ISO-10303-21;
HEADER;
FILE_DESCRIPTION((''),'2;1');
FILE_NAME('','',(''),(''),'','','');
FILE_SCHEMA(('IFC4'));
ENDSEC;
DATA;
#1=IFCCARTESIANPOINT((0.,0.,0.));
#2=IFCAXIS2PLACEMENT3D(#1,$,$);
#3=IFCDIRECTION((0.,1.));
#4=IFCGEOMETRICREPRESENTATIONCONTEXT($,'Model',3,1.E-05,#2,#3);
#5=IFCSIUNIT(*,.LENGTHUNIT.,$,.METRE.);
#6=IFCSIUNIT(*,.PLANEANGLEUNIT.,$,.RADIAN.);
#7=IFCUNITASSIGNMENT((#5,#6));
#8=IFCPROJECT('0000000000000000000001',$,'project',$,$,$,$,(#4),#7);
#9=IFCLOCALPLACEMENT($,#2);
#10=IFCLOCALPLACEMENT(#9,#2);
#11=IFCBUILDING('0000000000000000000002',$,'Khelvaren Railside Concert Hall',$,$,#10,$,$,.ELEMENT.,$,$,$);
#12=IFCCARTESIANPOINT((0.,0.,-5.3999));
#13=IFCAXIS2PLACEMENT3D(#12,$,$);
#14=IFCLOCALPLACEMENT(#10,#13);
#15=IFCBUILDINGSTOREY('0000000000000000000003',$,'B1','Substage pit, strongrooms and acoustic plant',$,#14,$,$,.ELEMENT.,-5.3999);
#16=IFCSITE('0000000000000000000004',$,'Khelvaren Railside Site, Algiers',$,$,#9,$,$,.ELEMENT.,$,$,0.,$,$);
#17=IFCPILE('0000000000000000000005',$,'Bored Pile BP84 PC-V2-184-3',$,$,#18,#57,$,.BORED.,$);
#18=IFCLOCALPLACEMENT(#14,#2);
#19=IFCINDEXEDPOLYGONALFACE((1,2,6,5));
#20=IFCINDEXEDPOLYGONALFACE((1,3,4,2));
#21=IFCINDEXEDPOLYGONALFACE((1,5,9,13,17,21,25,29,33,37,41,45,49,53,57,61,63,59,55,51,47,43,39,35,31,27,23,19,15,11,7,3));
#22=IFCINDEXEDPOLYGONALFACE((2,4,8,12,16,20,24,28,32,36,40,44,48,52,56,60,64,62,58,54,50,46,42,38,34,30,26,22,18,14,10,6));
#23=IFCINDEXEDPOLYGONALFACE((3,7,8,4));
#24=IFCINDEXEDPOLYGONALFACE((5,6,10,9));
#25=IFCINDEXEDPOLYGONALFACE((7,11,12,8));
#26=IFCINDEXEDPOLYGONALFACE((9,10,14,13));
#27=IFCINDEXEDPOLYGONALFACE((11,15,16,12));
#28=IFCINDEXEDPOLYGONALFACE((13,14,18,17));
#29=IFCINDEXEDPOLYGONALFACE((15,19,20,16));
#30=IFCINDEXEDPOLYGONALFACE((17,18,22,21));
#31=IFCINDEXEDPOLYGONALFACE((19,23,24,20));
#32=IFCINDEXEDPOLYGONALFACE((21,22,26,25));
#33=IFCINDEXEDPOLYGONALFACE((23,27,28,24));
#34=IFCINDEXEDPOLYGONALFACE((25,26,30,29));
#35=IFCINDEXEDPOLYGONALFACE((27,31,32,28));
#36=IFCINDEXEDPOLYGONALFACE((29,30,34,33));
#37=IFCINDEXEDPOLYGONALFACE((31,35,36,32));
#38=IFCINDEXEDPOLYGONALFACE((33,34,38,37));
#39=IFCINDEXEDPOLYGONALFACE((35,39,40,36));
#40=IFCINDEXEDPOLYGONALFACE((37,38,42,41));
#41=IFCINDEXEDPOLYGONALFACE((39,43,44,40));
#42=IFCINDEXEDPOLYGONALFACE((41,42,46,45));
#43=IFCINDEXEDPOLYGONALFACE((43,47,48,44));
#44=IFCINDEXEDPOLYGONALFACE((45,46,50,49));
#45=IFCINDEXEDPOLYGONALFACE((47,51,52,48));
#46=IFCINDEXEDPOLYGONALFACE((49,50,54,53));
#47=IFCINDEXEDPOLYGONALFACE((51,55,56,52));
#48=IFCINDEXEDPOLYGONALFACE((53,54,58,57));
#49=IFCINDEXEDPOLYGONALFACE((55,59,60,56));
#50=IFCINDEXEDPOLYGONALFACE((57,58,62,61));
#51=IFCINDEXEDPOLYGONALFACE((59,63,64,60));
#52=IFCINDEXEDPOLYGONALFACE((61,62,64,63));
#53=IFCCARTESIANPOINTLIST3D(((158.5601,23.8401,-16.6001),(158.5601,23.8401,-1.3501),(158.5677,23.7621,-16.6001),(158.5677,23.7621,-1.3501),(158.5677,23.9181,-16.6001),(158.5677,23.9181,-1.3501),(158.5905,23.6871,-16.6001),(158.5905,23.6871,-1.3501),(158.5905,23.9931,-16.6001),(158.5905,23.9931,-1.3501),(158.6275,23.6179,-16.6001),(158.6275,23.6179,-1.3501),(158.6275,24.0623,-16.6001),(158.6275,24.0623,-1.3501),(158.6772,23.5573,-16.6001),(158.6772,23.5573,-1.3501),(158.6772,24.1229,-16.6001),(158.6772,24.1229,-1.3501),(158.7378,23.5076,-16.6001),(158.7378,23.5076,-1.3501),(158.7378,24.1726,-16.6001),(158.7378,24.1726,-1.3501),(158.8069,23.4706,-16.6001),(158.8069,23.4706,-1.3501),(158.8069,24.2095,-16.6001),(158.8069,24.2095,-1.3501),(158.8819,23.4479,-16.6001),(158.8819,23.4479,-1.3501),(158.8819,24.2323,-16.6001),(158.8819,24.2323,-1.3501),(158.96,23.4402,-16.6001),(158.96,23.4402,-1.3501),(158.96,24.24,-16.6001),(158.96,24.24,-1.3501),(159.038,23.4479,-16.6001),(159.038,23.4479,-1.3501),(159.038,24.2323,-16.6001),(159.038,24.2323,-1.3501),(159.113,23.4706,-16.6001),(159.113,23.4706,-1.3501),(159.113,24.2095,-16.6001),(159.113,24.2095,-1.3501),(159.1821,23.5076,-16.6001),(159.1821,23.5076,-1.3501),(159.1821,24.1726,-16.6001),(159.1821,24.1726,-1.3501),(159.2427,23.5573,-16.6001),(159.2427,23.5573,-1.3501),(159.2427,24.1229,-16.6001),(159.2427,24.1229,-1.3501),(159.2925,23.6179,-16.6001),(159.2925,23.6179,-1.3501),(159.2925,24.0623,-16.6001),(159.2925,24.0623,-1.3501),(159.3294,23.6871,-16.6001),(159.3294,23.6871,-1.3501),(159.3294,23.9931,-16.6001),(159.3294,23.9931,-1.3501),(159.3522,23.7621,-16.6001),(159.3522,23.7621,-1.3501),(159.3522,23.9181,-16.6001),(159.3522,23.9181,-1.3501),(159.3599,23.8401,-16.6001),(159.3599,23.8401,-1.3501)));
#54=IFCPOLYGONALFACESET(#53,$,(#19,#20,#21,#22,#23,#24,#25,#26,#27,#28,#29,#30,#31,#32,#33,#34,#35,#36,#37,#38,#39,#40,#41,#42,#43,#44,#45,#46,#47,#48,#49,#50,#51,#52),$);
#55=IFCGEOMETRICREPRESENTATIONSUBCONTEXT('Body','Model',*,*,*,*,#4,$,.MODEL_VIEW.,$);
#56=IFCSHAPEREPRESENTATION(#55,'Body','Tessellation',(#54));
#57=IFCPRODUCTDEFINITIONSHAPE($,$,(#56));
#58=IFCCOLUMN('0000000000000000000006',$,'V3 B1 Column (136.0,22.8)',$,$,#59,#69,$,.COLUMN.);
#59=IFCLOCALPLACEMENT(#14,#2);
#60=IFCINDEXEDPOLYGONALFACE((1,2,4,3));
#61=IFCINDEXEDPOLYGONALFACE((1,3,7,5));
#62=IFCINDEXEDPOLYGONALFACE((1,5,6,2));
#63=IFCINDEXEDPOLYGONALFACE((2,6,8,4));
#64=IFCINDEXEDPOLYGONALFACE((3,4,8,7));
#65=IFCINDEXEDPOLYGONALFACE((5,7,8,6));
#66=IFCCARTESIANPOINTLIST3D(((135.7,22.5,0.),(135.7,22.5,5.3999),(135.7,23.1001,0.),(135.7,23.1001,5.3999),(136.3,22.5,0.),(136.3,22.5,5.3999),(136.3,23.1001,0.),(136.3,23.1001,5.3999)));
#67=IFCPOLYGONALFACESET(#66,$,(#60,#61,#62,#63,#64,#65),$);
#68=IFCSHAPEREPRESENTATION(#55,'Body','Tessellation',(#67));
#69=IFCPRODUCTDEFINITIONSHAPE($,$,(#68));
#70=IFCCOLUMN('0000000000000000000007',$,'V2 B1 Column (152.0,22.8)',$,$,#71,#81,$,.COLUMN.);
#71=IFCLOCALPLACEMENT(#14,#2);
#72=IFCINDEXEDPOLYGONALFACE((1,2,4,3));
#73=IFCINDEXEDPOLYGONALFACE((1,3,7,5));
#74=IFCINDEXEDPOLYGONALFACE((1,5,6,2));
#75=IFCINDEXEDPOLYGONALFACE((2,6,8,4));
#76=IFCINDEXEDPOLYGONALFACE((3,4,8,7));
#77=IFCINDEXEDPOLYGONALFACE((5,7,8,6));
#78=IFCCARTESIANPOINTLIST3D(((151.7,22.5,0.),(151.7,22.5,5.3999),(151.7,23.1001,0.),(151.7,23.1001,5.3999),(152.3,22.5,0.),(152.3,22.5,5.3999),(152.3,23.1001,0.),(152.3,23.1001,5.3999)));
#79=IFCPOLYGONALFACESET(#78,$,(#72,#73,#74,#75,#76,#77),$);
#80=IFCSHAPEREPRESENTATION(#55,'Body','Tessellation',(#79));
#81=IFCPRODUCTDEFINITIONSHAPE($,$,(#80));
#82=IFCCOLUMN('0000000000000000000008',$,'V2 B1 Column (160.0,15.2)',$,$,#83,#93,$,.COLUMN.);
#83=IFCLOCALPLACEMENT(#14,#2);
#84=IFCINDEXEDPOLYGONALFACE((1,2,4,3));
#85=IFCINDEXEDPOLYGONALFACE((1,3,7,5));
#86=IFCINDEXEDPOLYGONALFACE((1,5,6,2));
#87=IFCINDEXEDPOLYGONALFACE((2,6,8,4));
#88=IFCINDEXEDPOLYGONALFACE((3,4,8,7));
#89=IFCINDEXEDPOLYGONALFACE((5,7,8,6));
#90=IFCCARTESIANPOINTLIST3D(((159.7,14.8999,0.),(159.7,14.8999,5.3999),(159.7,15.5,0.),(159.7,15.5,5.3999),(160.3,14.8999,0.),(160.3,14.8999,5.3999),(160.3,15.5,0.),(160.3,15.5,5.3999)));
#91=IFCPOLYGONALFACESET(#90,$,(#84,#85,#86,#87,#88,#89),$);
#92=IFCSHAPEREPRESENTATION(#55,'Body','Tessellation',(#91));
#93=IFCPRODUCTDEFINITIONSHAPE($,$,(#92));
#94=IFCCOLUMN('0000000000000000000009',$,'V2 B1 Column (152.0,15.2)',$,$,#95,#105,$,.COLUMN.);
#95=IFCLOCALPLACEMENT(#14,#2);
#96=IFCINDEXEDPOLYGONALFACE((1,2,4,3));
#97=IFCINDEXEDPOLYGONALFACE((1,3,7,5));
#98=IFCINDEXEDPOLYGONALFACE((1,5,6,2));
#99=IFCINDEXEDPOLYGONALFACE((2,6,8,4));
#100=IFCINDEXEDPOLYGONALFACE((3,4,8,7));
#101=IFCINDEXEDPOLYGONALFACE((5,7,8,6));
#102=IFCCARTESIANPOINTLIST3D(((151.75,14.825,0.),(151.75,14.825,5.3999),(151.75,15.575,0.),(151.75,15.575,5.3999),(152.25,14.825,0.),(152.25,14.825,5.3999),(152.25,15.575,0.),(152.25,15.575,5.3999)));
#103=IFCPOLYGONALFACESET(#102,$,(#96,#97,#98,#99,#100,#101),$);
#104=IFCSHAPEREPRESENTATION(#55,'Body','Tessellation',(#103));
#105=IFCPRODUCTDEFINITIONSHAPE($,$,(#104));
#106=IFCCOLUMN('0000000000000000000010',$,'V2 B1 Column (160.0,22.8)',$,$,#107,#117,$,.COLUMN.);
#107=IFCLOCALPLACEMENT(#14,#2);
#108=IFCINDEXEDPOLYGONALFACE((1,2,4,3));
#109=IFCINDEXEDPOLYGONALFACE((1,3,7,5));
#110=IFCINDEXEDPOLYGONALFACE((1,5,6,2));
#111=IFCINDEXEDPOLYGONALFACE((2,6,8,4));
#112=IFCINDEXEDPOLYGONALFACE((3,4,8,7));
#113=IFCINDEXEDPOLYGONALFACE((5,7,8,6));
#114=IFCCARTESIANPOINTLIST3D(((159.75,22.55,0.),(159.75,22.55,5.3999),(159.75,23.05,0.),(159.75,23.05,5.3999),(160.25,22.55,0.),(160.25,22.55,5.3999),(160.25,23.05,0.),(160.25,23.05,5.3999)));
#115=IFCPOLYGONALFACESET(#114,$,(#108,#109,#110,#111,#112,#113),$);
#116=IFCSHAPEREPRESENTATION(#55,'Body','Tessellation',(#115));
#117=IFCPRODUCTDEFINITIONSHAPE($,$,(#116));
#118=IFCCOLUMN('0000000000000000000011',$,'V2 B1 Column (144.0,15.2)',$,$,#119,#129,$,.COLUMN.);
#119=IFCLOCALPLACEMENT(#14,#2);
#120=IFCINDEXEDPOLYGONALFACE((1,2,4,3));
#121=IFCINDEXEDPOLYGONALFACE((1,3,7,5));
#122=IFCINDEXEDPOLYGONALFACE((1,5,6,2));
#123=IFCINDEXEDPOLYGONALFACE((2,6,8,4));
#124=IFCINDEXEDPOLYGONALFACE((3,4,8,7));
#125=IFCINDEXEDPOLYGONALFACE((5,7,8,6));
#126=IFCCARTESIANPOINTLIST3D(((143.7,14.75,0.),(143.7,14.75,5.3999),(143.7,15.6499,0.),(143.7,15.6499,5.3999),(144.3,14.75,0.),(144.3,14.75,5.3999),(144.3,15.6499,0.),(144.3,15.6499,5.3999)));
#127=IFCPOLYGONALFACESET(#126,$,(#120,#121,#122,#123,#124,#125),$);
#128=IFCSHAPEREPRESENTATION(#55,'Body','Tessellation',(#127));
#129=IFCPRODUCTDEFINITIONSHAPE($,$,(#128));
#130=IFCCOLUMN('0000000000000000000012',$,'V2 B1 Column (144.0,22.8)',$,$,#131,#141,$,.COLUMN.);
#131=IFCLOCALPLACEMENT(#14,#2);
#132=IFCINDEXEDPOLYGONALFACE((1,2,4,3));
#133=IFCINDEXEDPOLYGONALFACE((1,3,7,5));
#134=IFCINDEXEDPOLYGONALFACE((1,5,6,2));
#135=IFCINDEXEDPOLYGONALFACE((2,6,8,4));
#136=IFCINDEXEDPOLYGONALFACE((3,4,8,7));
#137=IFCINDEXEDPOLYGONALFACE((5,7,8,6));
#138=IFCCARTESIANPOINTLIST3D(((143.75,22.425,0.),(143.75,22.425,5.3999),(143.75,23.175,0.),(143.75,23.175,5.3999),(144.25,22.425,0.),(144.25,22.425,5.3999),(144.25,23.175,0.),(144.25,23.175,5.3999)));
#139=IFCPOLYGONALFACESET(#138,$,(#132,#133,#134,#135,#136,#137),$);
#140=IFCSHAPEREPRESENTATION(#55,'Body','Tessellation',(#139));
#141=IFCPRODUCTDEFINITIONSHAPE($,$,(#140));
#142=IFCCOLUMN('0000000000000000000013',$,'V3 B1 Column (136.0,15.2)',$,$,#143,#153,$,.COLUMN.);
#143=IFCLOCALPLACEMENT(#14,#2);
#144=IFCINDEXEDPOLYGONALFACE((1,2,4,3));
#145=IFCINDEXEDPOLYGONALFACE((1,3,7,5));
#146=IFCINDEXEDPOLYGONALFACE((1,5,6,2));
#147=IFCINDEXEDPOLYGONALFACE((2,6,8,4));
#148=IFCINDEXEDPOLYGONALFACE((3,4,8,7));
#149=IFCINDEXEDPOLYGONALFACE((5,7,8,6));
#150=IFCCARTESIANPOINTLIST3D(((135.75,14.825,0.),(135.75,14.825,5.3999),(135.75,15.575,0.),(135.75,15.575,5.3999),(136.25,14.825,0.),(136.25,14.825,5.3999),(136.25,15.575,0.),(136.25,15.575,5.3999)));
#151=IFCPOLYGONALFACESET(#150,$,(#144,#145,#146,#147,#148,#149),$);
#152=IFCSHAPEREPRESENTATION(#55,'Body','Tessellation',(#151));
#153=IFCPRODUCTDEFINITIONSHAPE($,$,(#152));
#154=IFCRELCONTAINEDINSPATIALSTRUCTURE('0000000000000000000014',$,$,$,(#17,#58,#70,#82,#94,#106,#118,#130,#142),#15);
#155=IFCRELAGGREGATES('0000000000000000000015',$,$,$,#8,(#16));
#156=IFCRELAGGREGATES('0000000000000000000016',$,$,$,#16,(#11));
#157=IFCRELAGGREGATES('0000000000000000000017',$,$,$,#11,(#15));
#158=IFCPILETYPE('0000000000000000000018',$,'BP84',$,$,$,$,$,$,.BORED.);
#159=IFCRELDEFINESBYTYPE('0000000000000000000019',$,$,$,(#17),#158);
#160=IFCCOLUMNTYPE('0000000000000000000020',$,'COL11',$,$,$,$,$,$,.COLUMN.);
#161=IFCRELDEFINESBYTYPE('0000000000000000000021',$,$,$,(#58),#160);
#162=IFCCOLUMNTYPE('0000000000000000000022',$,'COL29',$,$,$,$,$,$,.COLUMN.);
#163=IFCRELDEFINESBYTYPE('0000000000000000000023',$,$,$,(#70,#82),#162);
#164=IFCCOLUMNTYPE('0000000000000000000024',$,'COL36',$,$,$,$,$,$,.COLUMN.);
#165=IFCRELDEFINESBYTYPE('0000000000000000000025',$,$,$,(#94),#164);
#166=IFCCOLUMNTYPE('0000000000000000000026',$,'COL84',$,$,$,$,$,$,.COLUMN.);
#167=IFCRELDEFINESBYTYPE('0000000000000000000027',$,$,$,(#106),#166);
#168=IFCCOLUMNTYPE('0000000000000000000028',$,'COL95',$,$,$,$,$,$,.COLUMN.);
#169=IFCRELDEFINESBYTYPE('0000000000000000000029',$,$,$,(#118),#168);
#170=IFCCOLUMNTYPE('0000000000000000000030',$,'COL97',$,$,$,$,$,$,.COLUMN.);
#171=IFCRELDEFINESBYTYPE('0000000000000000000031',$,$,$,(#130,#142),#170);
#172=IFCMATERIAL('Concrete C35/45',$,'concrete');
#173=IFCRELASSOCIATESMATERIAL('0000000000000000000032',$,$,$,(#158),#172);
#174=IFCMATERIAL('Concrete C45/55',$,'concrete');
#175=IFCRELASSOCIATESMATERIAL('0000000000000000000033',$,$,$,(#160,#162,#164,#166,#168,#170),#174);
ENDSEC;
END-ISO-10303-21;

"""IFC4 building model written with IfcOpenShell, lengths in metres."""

from ifc_helpers import new_model, si_unit, direction, frame, origin, origin_2d, place, context, subcontext, project, spatial, rectangle, circle, extrude, material, material_profile, profile_set, type_object, element, save


model = new_model("IFC4")

# Units and contexts
model_context = context("Model", 3, precision=1e-05, world=origin(), true_north=direction((0.0, 1.0)))
body_context = subcontext(model_context, "Body", "Model", "MODEL_VIEW")
ifc_project = project(units=[si_unit("LENGTHUNIT", "METRE"), si_unit("PLANEANGLEUNIT", "RADIAN")], contexts=[model_context])

# Site, building, storey
site_placement = place(None, origin())
site = spatial("IfcSite", under=ifc_project, at=site_placement, Name="Khelvaren Railside Site, Algiers", CompositionType="ELEMENT", RefElevation=0.0)
building_placement = place(site_placement, origin())
building = spatial("IfcBuilding", under=site, at=building_placement, Name="Khelvaren Railside Concert Hall", CompositionType="ELEMENT")
storey_placement = place(building_placement, frame((0.0, 0.0, -5.3999)))
storey = spatial("IfcBuildingStorey", under=building, at=storey_placement, Name="B1", Description="Substage pit, strongrooms and acoustic plant", CompositionType="ELEMENT", Elevation=-5.3999)

# Pile
ifc_material_1 = material(Name="Concrete C35/45", Category="concrete")
ifc_material_profile_1 = material_profile(ifc_material_1, circle(Radius=0.3999, at=origin_2d()), Name="BP D800")
ifc_profile_set_1 = profile_set([ifc_material_profile_1], Name="Concrete C35/45")
pile_type_1 = type_object("IfcPileType", Name="BP84", PredefinedType="BORED", material=ifc_profile_set_1)
for number, where, z_axis, x_axis, name in (
    (1, (158.96, 23.8401, -1.3501), (0.0, 0.0, -1.0), (1.0, 0.0, 0.0), "Bored Pile BP84 PC-V2-184-3"),
):
    element("IfcPile", number, at=place(storey_placement, frame(where, z_axis=z_axis, x_axis=x_axis)), inside=storey, type_object=pile_type_1, Name=name, PredefinedType="BORED", context=body_context, shape_type="SweptSolid", body=[
        extrude(circle(Radius=0.3999, at=origin_2d()), origin(), (0.0, 0.0, 1.0), 15.25),
    ])

# Columns
ifc_material_2 = material(Name="Concrete C45/55", Category="concrete")
ifc_material_profile_2 = material_profile(ifc_material_2, rectangle(XDim=0.6001, YDim=0.6001, at=origin_2d()), Name="RC 600x600")
ifc_profile_set_2 = profile_set([ifc_material_profile_2], Name="Concrete C45/55")
column_type_1 = type_object("IfcColumnType", Name="COL11", PredefinedType="COLUMN", material=ifc_profile_set_2)
column_1_placement = place(storey_placement, frame((136.0, 22.8, 0.0), z_axis=(0.0, 0.0, 1.0), x_axis=(1.0, 0.0, 0.0)))
element("IfcColumn", 2, at=column_1_placement, inside=storey, type_object=column_type_1, Name="V3 B1 Column (136.0,22.8)", PredefinedType="COLUMN", context=body_context, shape_type="SweptSolid", body=[
    extrude(rectangle(XDim=0.6001, YDim=0.6001, at=origin_2d()), origin(), (0.0, 0.0, 1.0), 5.3999),
])
ifc_material_profile_3 = material_profile(ifc_material_2, rectangle(XDim=0.6001, YDim=0.6001, at=origin_2d()), Name="RC 600x600")
ifc_profile_set_3 = profile_set([ifc_material_profile_3], Name="Concrete C45/55")
column_type_2 = type_object("IfcColumnType", Name="COL29", PredefinedType="COLUMN", material=ifc_profile_set_3)
for number, where, z_axis, x_axis, name in (
    (3, (152.0, 22.8, 0.0), (0.0, 0.0, 1.0), (1.0, 0.0, 0.0), "V2 B1 Column (152.0,22.8)"),
    (4, (160.0, 15.2, 0.0), (0.0, 0.0, 1.0), (1.0, 0.0, 0.0), "V2 B1 Column (160.0,15.2)"),
):
    element("IfcColumn", number, at=place(storey_placement, frame(where, z_axis=z_axis, x_axis=x_axis)), inside=storey, type_object=column_type_2, Name=name, PredefinedType="COLUMN", context=body_context, shape_type="SweptSolid", body=[
        extrude(rectangle(XDim=0.6001, YDim=0.6001, at=origin_2d()), origin(), (0.0, 0.0, 1.0), 5.3999),
    ])
ifc_material_profile_4 = material_profile(ifc_material_2, rectangle(XDim=0.5, YDim=0.75, at=origin_2d()), Name="RC 500x750")
ifc_profile_set_4 = profile_set([ifc_material_profile_4], Name="Concrete C45/55")
column_type_3 = type_object("IfcColumnType", Name="COL36", PredefinedType="COLUMN", material=ifc_profile_set_4)
column_2_placement = place(storey_placement, frame((152.0, 15.2, 0.0), z_axis=(0.0, 0.0, 1.0), x_axis=(1.0, 0.0, 0.0)))
element("IfcColumn", 5, at=column_2_placement, inside=storey, type_object=column_type_3, Name="V2 B1 Column (152.0,15.2)", PredefinedType="COLUMN", context=body_context, shape_type="SweptSolid", body=[
    extrude(rectangle(XDim=0.5, YDim=0.75, at=origin_2d()), origin(), (0.0, 0.0, 1.0), 5.3999),
])
ifc_material_profile_5 = material_profile(ifc_material_2, rectangle(XDim=0.5, YDim=0.5, at=origin_2d()), Name="RC 500x500")
ifc_profile_set_5 = profile_set([ifc_material_profile_5], Name="Concrete C45/55")
column_type_4 = type_object("IfcColumnType", Name="COL84", PredefinedType="COLUMN", material=ifc_profile_set_5)
column_3_placement = place(storey_placement, frame((160.0, 22.8, 0.0), z_axis=(0.0, 0.0, 1.0), x_axis=(1.0, 0.0, 0.0)))
element("IfcColumn", 6, at=column_3_placement, inside=storey, type_object=column_type_4, Name="V2 B1 Column (160.0,22.8)", PredefinedType="COLUMN", context=body_context, shape_type="SweptSolid", body=[
    extrude(rectangle(XDim=0.5, YDim=0.5, at=origin_2d()), origin(), (0.0, 0.0, 1.0), 5.3999),
])
ifc_material_profile_6 = material_profile(ifc_material_2, rectangle(XDim=0.6001, YDim=0.8999, at=origin_2d()), Name="RC 600x900")
ifc_profile_set_6 = profile_set([ifc_material_profile_6], Name="Concrete C45/55")
column_type_5 = type_object("IfcColumnType", Name="COL95", PredefinedType="COLUMN", material=ifc_profile_set_6)
column_4_placement = place(storey_placement, frame((144.0, 15.2, 0.0), z_axis=(0.0, 0.0, 1.0), x_axis=(1.0, 0.0, 0.0)))
element("IfcColumn", 7, at=column_4_placement, inside=storey, type_object=column_type_5, Name="V2 B1 Column (144.0,15.2)", PredefinedType="COLUMN", context=body_context, shape_type="SweptSolid", body=[
    extrude(rectangle(XDim=0.6001, YDim=0.8999, at=origin_2d()), origin(), (0.0, 0.0, 1.0), 5.3999),
])
ifc_material_profile_7 = material_profile(ifc_material_2, rectangle(XDim=0.5, YDim=0.75, at=origin_2d()), Name="RC 500x750")
ifc_profile_set_7 = profile_set([ifc_material_profile_7], Name="Concrete C45/55")
column_type_6 = type_object("IfcColumnType", Name="COL97", PredefinedType="COLUMN", material=ifc_profile_set_7)
for number, where, z_axis, x_axis, name in (
    (8, (144.0, 22.8, 0.0), (0.0, 0.0, 1.0), (1.0, 0.0, 0.0), "V2 B1 Column (144.0,22.8)"),
    (9, (136.0, 15.2, 0.0), (0.0, 0.0, 1.0), (1.0, 0.0, 0.0), "V3 B1 Column (136.0,15.2)"),
):
    element("IfcColumn", number, at=place(storey_placement, frame(where, z_axis=z_axis, x_axis=x_axis)), inside=storey, type_object=column_type_6, Name=name, PredefinedType="COLUMN", context=body_context, shape_type="SweptSolid", body=[
        extrude(rectangle(XDim=0.5, YDim=0.75, at=origin_2d()), origin(), (0.0, 0.0, 1.0), 5.3999),
    ])

save(model, "model.ifc")
